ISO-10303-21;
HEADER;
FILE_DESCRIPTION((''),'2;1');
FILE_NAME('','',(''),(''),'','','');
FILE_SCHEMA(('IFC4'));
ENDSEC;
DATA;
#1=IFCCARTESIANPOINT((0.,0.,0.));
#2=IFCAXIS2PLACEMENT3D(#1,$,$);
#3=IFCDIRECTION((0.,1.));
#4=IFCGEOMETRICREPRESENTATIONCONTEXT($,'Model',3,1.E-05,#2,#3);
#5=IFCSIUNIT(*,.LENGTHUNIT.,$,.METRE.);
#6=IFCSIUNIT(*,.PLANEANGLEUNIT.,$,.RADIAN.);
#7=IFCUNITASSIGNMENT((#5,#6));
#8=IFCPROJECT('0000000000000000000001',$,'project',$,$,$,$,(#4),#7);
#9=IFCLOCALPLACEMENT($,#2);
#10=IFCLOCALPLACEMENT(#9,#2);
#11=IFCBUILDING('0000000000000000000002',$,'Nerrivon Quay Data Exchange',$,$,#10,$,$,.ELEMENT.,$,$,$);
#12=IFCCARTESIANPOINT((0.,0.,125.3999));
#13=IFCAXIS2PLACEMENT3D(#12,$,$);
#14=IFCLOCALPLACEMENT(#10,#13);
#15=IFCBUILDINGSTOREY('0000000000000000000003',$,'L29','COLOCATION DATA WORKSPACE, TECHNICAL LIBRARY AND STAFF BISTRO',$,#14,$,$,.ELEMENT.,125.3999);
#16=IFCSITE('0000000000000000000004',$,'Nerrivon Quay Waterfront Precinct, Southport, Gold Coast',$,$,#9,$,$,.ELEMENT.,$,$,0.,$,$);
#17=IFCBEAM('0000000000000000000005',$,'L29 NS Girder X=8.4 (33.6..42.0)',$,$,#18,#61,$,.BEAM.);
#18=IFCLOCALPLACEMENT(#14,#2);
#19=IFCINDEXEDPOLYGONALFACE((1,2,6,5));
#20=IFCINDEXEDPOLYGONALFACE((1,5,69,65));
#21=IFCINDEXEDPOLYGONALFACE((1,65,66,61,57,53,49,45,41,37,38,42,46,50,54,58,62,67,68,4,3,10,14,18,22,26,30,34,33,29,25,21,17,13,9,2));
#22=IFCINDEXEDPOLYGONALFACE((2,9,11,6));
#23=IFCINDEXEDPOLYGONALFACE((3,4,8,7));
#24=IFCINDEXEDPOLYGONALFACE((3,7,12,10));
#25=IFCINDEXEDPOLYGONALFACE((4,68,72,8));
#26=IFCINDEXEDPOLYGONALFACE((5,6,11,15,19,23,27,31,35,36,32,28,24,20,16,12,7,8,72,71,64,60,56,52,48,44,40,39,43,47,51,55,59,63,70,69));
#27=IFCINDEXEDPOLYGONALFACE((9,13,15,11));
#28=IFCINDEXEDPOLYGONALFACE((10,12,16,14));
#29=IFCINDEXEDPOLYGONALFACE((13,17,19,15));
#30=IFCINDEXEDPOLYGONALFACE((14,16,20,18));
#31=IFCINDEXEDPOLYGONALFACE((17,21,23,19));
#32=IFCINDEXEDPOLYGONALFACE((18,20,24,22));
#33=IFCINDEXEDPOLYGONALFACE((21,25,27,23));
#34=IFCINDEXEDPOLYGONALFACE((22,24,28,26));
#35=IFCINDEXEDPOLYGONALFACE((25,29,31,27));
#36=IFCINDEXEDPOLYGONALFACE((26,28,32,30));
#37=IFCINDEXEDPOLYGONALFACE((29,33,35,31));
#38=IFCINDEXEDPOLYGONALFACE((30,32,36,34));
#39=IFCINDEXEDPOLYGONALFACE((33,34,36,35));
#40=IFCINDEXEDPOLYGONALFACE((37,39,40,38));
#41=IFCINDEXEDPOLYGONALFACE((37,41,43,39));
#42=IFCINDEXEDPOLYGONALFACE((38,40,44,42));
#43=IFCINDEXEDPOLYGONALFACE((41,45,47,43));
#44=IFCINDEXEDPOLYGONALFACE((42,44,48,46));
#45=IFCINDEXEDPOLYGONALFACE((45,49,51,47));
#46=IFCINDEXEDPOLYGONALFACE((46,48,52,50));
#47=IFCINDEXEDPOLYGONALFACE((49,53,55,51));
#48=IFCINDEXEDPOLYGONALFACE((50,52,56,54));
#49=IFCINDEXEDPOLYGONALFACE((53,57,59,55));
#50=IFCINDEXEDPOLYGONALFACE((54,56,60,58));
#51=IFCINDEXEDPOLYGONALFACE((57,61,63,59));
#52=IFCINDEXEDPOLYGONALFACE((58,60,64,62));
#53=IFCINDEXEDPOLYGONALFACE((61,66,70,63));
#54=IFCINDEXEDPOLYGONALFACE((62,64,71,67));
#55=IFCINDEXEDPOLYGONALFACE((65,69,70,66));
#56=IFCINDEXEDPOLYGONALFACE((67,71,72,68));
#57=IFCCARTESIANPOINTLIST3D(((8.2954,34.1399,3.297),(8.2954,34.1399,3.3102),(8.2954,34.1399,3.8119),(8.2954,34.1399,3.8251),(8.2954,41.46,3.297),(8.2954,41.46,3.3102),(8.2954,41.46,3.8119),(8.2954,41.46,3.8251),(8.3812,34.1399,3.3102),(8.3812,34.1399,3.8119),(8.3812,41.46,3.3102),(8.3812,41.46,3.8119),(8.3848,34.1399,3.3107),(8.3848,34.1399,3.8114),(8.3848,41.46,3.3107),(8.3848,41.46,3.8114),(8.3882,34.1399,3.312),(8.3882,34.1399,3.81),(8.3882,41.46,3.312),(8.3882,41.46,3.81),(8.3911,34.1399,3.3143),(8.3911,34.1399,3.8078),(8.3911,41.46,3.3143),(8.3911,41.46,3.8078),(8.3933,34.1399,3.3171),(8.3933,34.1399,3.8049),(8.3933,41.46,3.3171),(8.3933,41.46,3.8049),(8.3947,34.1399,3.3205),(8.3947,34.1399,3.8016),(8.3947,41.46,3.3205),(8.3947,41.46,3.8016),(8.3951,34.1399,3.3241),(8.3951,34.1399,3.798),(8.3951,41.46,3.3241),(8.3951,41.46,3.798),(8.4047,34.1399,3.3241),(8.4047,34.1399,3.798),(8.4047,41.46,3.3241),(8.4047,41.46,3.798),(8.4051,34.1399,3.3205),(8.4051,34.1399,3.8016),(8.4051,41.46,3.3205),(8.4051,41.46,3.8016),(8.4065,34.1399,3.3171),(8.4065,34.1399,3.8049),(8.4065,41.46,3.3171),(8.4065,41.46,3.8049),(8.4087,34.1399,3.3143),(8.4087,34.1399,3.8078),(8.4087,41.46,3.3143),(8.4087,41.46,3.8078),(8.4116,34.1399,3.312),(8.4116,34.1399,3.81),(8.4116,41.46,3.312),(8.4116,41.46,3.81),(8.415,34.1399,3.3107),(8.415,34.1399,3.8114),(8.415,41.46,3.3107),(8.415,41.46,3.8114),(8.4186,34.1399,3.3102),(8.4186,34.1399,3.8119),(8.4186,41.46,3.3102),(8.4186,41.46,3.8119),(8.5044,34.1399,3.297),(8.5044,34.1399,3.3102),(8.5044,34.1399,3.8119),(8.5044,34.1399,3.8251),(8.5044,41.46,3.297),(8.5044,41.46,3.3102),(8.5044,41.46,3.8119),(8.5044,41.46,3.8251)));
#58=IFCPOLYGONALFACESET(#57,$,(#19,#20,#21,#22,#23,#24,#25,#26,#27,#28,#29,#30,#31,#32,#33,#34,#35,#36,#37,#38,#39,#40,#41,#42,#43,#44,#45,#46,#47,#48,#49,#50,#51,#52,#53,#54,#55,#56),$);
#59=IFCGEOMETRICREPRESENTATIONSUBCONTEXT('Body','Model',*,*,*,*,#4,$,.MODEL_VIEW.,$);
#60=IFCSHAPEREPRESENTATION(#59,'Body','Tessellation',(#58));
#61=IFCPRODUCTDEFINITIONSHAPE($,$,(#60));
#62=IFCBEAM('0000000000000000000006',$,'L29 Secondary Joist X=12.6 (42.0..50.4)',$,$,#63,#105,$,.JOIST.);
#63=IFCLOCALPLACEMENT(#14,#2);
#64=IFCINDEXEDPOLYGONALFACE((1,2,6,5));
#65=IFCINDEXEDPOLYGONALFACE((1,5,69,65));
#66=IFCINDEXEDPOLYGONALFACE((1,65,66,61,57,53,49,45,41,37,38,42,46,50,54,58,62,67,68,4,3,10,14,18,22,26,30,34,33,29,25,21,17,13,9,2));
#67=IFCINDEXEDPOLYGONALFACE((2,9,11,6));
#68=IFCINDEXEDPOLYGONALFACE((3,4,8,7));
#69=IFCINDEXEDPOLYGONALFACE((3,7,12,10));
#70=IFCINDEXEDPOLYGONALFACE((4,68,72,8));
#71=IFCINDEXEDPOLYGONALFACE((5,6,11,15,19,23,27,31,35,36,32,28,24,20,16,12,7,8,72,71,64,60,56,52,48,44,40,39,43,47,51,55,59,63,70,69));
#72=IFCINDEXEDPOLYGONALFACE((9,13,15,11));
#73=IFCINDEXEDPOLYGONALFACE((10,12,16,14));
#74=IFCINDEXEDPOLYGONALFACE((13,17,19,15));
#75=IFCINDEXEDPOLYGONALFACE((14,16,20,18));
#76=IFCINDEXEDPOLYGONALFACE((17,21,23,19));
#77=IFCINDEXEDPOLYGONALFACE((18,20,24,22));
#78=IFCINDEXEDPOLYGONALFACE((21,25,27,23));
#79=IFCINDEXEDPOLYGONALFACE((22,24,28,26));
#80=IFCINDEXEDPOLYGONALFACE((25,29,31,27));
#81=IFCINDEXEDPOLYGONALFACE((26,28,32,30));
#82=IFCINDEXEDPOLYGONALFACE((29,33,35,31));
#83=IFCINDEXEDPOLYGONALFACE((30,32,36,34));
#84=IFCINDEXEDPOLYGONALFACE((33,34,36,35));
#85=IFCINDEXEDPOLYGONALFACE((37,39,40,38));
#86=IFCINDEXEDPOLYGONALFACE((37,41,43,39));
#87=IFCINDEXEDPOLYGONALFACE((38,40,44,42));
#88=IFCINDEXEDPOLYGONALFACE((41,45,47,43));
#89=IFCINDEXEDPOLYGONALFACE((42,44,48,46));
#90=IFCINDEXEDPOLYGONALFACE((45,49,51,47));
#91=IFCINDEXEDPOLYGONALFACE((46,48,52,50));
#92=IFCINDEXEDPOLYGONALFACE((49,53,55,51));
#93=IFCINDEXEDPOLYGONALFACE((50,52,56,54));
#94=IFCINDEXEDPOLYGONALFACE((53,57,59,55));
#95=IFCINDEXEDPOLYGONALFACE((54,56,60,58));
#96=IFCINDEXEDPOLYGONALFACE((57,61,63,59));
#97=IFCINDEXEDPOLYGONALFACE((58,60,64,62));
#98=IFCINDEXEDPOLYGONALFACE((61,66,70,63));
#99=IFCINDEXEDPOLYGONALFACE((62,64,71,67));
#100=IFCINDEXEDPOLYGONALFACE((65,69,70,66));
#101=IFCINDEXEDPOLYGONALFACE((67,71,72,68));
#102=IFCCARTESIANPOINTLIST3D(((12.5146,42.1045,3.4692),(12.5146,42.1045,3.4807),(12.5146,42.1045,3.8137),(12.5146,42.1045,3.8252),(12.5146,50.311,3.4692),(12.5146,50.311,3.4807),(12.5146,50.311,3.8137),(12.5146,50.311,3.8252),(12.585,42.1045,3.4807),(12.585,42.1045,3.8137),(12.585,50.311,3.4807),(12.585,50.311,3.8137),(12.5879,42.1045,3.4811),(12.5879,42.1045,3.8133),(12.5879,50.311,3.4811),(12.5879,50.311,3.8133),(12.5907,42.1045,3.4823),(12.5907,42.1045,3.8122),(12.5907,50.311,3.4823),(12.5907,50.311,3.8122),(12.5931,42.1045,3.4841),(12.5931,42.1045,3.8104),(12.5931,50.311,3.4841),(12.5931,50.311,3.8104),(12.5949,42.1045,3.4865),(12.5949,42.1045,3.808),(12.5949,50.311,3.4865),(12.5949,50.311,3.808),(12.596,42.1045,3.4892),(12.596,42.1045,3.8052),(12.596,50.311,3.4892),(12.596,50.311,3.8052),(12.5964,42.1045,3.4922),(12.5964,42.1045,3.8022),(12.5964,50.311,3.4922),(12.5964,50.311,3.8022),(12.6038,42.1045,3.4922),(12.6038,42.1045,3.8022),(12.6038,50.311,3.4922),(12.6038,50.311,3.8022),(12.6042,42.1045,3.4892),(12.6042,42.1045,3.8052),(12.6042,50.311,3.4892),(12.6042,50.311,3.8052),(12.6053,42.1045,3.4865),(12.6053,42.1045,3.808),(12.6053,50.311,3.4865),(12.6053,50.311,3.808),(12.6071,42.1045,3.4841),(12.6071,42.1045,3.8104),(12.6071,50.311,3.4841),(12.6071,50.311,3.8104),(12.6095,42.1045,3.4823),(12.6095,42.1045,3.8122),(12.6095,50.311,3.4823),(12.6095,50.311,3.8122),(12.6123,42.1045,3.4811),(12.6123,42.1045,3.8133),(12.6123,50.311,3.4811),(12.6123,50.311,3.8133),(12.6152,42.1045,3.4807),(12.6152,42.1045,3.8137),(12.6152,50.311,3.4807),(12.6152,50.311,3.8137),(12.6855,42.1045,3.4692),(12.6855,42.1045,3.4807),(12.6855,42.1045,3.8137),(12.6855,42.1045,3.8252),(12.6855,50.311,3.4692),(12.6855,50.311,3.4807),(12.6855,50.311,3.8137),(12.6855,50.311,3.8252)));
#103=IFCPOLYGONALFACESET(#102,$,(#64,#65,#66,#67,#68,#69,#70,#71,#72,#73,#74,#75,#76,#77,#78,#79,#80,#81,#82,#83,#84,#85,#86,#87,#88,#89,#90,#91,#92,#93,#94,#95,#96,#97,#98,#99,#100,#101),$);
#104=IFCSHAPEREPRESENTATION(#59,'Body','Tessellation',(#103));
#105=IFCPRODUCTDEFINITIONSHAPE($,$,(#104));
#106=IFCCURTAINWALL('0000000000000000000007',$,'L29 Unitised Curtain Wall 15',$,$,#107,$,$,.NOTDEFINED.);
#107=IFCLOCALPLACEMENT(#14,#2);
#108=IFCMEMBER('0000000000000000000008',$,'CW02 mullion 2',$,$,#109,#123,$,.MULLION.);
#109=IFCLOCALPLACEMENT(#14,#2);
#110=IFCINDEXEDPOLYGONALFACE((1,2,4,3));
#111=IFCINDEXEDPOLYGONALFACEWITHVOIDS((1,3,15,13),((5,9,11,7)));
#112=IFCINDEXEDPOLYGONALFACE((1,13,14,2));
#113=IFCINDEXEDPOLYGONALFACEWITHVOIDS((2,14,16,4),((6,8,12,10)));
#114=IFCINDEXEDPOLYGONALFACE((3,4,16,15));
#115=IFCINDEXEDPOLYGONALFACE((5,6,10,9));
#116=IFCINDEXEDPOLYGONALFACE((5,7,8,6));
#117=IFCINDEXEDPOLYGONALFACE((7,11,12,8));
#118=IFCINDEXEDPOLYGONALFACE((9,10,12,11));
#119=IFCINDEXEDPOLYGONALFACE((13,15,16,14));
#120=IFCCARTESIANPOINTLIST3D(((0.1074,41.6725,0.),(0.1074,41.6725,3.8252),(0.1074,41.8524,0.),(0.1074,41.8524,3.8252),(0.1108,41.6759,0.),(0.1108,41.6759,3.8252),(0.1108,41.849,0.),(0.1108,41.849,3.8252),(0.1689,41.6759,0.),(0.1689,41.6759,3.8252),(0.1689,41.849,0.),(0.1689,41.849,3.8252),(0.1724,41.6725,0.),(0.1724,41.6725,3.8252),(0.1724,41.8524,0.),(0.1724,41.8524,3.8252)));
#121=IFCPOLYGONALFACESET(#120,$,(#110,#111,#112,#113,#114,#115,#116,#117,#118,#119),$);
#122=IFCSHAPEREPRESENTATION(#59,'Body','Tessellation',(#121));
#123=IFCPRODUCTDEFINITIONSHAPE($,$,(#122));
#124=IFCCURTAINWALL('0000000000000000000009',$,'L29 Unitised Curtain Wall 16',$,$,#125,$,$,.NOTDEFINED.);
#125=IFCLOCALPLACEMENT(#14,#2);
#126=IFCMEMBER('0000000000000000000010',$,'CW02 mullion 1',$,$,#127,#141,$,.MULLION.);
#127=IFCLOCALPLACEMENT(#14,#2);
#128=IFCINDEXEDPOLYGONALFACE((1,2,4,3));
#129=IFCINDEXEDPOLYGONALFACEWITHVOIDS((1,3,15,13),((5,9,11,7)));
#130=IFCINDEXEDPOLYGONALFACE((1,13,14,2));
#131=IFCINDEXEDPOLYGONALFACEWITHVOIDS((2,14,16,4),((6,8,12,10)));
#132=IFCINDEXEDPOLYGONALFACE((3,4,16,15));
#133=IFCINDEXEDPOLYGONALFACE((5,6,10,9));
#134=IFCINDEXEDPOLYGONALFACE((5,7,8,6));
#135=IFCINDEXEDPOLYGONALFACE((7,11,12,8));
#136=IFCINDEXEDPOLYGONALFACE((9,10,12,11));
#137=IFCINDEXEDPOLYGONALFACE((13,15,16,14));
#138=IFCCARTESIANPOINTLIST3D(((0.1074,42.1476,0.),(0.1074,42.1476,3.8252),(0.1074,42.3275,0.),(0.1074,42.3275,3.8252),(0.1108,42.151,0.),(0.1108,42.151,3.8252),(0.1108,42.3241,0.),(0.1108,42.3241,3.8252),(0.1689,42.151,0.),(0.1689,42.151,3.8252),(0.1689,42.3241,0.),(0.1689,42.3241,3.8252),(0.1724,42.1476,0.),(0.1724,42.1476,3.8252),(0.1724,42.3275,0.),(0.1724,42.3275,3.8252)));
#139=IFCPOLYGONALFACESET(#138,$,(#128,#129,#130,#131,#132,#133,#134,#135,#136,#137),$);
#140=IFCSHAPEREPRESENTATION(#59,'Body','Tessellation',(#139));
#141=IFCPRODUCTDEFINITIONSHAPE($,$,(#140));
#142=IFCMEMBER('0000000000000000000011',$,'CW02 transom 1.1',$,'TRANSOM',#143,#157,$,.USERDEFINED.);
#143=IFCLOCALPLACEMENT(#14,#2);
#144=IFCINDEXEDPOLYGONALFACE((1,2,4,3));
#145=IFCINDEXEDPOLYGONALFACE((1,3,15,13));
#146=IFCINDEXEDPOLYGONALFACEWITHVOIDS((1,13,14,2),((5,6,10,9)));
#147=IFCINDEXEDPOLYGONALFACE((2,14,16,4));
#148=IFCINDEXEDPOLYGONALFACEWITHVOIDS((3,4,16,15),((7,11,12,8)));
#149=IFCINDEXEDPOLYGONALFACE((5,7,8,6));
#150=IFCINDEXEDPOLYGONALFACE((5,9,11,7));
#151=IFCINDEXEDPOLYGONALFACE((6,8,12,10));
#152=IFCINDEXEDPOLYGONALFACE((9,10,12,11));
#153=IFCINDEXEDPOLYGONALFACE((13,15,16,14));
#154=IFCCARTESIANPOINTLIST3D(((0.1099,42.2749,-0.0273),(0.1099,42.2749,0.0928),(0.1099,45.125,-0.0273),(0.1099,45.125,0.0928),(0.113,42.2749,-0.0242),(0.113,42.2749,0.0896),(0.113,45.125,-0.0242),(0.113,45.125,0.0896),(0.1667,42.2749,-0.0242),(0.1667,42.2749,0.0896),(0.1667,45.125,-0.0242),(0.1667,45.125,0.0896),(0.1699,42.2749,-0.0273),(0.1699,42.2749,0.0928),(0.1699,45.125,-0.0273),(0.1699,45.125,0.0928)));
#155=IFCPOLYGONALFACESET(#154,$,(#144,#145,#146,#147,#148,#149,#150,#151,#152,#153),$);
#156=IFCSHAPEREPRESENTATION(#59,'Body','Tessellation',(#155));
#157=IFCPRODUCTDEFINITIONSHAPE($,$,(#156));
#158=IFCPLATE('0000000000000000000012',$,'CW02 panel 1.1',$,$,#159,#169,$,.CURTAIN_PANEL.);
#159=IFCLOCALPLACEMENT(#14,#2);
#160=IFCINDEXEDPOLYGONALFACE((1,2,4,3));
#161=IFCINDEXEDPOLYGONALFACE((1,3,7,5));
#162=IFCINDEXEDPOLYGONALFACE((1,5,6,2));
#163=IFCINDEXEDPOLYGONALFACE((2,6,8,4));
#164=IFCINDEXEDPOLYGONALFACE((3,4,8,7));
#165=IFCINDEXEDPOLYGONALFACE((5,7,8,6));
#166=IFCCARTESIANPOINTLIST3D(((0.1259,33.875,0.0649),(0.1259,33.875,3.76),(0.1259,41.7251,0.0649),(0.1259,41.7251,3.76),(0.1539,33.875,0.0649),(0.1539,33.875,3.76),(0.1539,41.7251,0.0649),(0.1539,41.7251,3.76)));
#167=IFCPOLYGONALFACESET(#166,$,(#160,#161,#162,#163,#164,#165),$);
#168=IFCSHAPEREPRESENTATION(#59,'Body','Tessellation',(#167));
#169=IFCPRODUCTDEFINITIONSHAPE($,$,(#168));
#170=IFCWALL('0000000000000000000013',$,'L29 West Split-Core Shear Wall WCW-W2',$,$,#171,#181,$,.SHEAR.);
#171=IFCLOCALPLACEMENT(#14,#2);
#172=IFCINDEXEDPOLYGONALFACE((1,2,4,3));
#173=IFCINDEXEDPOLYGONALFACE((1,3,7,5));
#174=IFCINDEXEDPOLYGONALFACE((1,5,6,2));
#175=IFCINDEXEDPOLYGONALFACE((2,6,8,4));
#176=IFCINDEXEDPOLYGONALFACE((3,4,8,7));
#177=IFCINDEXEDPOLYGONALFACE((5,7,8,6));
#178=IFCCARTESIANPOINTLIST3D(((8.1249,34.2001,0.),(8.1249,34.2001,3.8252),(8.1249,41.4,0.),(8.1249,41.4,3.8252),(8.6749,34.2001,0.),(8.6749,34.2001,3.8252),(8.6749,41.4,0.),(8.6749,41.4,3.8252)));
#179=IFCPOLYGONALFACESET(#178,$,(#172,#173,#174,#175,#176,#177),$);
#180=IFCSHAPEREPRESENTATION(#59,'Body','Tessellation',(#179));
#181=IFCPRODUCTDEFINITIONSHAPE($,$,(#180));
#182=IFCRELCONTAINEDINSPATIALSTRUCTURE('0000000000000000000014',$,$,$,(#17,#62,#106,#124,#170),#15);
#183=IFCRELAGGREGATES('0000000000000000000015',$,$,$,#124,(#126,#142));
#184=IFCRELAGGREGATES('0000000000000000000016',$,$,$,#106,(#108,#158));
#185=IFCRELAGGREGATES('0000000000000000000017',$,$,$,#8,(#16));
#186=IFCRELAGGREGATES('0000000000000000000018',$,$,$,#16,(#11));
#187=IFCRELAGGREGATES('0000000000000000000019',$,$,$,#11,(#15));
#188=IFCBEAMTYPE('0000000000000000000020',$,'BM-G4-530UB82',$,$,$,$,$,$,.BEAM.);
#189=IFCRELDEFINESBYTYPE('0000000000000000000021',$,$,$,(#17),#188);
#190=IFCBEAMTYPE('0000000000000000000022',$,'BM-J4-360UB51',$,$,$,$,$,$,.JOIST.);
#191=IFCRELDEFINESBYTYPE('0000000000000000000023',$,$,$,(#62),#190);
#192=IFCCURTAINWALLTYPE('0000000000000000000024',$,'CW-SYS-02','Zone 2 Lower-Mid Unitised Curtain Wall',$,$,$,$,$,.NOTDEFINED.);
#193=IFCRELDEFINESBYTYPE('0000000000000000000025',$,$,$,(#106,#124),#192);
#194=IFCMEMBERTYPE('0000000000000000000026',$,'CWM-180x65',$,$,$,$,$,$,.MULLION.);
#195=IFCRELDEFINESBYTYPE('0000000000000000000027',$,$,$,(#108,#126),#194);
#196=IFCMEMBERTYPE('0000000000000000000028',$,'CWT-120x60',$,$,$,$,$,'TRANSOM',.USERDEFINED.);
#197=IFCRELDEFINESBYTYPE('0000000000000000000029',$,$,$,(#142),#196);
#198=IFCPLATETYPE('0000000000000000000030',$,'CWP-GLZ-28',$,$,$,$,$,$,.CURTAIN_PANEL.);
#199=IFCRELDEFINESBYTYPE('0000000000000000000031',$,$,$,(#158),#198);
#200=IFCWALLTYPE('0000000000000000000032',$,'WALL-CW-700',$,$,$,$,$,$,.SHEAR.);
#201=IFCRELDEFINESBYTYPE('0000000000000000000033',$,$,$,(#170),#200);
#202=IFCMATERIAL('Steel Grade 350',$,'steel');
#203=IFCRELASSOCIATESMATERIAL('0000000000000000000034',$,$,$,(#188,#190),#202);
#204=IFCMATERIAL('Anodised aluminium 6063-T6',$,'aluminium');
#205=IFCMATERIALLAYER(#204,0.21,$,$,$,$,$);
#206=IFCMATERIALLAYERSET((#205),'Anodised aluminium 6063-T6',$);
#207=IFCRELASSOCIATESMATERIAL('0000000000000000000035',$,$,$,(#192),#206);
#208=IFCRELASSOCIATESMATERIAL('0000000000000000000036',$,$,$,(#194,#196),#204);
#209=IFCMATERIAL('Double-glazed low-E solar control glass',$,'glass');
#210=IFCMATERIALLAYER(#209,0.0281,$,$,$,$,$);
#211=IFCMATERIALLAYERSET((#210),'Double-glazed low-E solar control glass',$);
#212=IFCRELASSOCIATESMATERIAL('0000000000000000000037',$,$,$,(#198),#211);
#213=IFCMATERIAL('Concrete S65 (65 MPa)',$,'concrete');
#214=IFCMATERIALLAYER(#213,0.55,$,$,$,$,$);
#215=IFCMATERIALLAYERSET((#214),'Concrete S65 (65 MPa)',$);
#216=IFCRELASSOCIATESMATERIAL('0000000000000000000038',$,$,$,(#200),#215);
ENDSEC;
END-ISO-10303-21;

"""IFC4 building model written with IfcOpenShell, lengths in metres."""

from ifc_helpers import new_model, si_unit, direction, frame, frame_2d, origin, origin_2d, place, context, subcontext, project, spatial, rectangle, hollow_rectangle, i_section, extrude, material, layer, layer_set, material_profile, profile_set, type_object, element, aggregate, save


model = new_model("IFC4")

# Units and contexts
model_context = context("Model", 3, precision=1e-05, world=origin(), true_north=direction((0.0, 1.0)))
body_context = subcontext(model_context, "Body", "Model", "MODEL_VIEW")
ifc_project = project(units=[si_unit("LENGTHUNIT", "METRE"), si_unit("PLANEANGLEUNIT", "RADIAN")], contexts=[model_context])

# Site, building, storey
site_placement = place(None, origin())
site = spatial("IfcSite", under=ifc_project, at=site_placement, Name="Nerrivon Quay Waterfront Precinct, Southport, Gold Coast", CompositionType="ELEMENT", RefElevation=0.0)
building_placement = place(site_placement, origin())
building = spatial("IfcBuilding", under=site, at=building_placement, Name="Nerrivon Quay Data Exchange", CompositionType="ELEMENT")
storey_placement = place(building_placement, frame((0.0, 0.0, 125.3999)))
storey = spatial("IfcBuildingStorey", under=building, at=storey_placement, Name="L29", Description="COLOCATION DATA WORKSPACE, TECHNICAL LIBRARY AND STAFF BISTRO", CompositionType="ELEMENT", Elevation=125.3999)

# Shared definitions
ifc_material_1 = material(Name="Concrete S65 (65 MPa)", Category="concrete")
ifc_material_2 = material(Name="Steel Grade 350", Category="steel")

# Beams
ifc_material_profile_1 = material_profile(ifc_material_2, i_section(OverallWidth=0.209, OverallDepth=0.5281, WebThickness=0.0095, FlangeThickness=0.0132, FilletRadius=0.0139, at=origin_2d()), Name="530UB82.0")
ifc_profile_set_1 = profile_set([ifc_material_profile_1], Name="Steel Grade 350")
beam_type_1 = type_object("IfcBeamType", Name="BM-G4-530UB82", PredefinedType="BEAM", material=ifc_profile_set_1)
beam_1_placement = place(storey_placement, frame((8.3999, 34.1399, 3.561), z_axis=(0.0, 1.0, 0.0), x_axis=(-1.0, 0.0, 0.0)))
element("IfcBeam", 1, at=beam_1_placement, inside=storey, type_object=beam_type_1, Name="L29 NS Girder X=8.4 (33.6..42.0)", PredefinedType="BEAM", context=body_context, shape_type="SweptSolid", body=[
    extrude(i_section(OverallWidth=0.209, OverallDepth=0.5281, WebThickness=0.0095, FlangeThickness=0.0132, FilletRadius=0.0139, at=origin_2d()), origin(), (0.0, 0.0, 1.0), 7.3201),
])
ifc_material_profile_2 = material_profile(ifc_material_2, i_section(OverallWidth=0.1709, OverallDepth=0.356, WebThickness=0.0073, FlangeThickness=0.0115, FilletRadius=0.0115, at=origin_2d()), Name="360UB50.7")
ifc_profile_set_2 = profile_set([ifc_material_profile_2], Name="Steel Grade 350")
beam_type_2 = type_object("IfcBeamType", Name="BM-J4-360UB51", PredefinedType="JOIST", material=ifc_profile_set_2)
beam_2_placement = place(storey_placement, frame((12.6001, 42.1045, 3.6472), z_axis=(0.0, 1.0, 0.0), x_axis=(-1.0, 0.0, 0.0)))
element("IfcBeam", 2, at=beam_2_placement, inside=storey, type_object=beam_type_2, Name="L29 Secondary Joist X=12.6 (42.0..50.4)", PredefinedType="JOIST", context=body_context, shape_type="SweptSolid", body=[
    extrude(i_section(OverallWidth=0.1709, OverallDepth=0.356, WebThickness=0.0073, FlangeThickness=0.0115, FilletRadius=0.0115, at=origin_2d()), origin(), (0.0, 0.0, 1.0), 8.2065),
])

# Curtain wall, member
ifc_material_3 = material(Name="Anodised aluminium 6063-T6", Category="aluminium")
ifc_layer_1 = layer(ifc_material_3, 0.21)
ifc_layer_set_1 = layer_set([ifc_layer_1], Name="Anodised aluminium 6063-T6")
curtain_wall_type = type_object("IfcCurtainWallType", Name="CW-SYS-02", Description="Zone 2 Lower-Mid Unitised Curtain Wall", PredefinedType="NOTDEFINED", material=ifc_layer_set_1)
curtain_wall_1_placement = place(storey_placement, origin())
curtain_wall_1 = element("IfcCurtainWall", 3, at=curtain_wall_1_placement, inside=storey, type_object=curtain_wall_type, Name="L29 Unitised Curtain Wall 15", PredefinedType="NOTDEFINED")
ifc_material_profile_3 = material_profile(ifc_material_3, hollow_rectangle(XDim=0.0649, YDim=0.1799, WallThickness=0.0034, at=origin_2d()), Name="ALU-MULL-180x65")
ifc_profile_set_3 = profile_set([ifc_material_profile_3], Name="Anodised aluminium 6063-T6")
member_type_1 = type_object("IfcMemberType", Name="CWM-180x65", PredefinedType="MULLION", material=ifc_profile_set_3)
member_1_placement = place(storey_placement, frame((0.1399, 41.7625, 0.0), z_axis=(0.0, 0.0, 1.0), x_axis=(-1.0, 0.0, 0.0)))
member_1 = element("IfcMember", 4, at=member_1_placement, type_object=member_type_1, Name="CW02 mullion 2", PredefinedType="MULLION", context=body_context, shape_type="SweptSolid", body=[
    extrude(hollow_rectangle(XDim=0.0649, YDim=0.1799, WallThickness=0.0034, at=origin_2d()), origin(), (0.0, 0.0, 1.0), 3.8252),
])

# Curtain wall, members
curtain_wall_2_placement = place(storey_placement, origin())
curtain_wall_2 = element("IfcCurtainWall", 5, at=curtain_wall_2_placement, inside=storey, type_object=curtain_wall_type, Name="L29 Unitised Curtain Wall 16", PredefinedType="NOTDEFINED")
member_2_placement = place(storey_placement, frame((0.1399, 42.2375, 0.0), z_axis=(0.0, 0.0, 1.0), x_axis=(-1.0, 0.0, 0.0)))
member_2 = element("IfcMember", 6, at=member_2_placement, type_object=member_type_1, Name="CW02 mullion 1", PredefinedType="MULLION", context=body_context, shape_type="SweptSolid", body=[
    extrude(hollow_rectangle(XDim=0.0649, YDim=0.1799, WallThickness=0.0034, at=origin_2d()), origin(), (0.0, 0.0, 1.0), 3.8252),
])
ifc_material_profile_4 = material_profile(ifc_material_3, hollow_rectangle(XDim=0.0601, YDim=0.1201, WallThickness=0.0032, at=origin_2d()), Name="ALU-TRAN-120x60")
ifc_profile_set_4 = profile_set([ifc_material_profile_4], Name="Anodised aluminium 6063-T6")
member_type_2 = type_object("IfcMemberType", Name="CWT-120x60", ElementType="TRANSOM", PredefinedType="USERDEFINED", material=ifc_profile_set_4)
member_3_placement = place(storey_placement, frame((0.1399, 42.2749, 0.0327), z_axis=(0.0, 1.0, 0.0), x_axis=(-1.0, 0.0, 0.0)))
member_3 = element("IfcMember", 7, at=member_3_placement, type_object=member_type_2, Name="CW02 transom 1.1", ObjectType="TRANSOM", PredefinedType="USERDEFINED", context=body_context, shape_type="SweptSolid", body=[
    extrude(hollow_rectangle(XDim=0.0601, YDim=0.1201, WallThickness=0.0032, at=origin_2d()), origin(), (0.0, 0.0, 1.0), 2.8501),
])
aggregate(curtain_wall_2, [member_2, member_3])

# Plate
ifc_material_4 = material(Name="Double-glazed low-E solar control glass", Category="glass")
ifc_layer_2 = layer(ifc_material_4, 0.0281)
ifc_layer_set_2 = layer_set([ifc_layer_2], Name="Double-glazed low-E solar control glass")
plate_type = type_object("IfcPlateType", Name="CWP-GLZ-28", PredefinedType="CURTAIN_PANEL", material=ifc_layer_set_2)
plate_placement = place(storey_placement, frame((0.1399, 37.8, 0.0649), z_axis=(0.0, 0.0, 1.0), x_axis=(0.0, 1.0, 0.0)))
plate = element("IfcPlate", 8, at=plate_placement, type_object=plate_type, Name="CW02 panel 1.1", PredefinedType="CURTAIN_PANEL", context=body_context, shape_type="SweptSolid", body=[
    extrude(rectangle(XDim=7.8501, YDim=0.0281, at=origin_2d()), origin(), (0.0, 0.0, 1.0), 3.6951),
])
aggregate(curtain_wall_1, [member_1, plate])

# Wall
ifc_layer_3 = layer(ifc_material_1, 0.55)
ifc_layer_set_3 = layer_set([ifc_layer_3], Name="Concrete S65 (65 MPa)")
wall_type_1 = type_object("IfcWallType", Name="WALL-CW-700", PredefinedType="SHEAR", material=ifc_layer_set_3)
wall_1_placement = place(storey_placement, frame((8.3999, 34.2, 0.0), z_axis=(0.0, 0.0, 1.0), x_axis=(0.0, 1.0, 0.0)))
element("IfcWall", 9, at=wall_1_placement, inside=storey, type_object=wall_type_1, Name="L29 West Split-Core Shear Wall WCW-W2", PredefinedType="SHEAR", context=body_context, shape_type="SweptSolid", body=[
    extrude(rectangle(XDim=7.2, YDim=0.55, at=frame_2d((3.6001, 0.0))), origin(), (0.0, 0.0, 1.0), 3.8252),
])

save(model, "model.ifc")
